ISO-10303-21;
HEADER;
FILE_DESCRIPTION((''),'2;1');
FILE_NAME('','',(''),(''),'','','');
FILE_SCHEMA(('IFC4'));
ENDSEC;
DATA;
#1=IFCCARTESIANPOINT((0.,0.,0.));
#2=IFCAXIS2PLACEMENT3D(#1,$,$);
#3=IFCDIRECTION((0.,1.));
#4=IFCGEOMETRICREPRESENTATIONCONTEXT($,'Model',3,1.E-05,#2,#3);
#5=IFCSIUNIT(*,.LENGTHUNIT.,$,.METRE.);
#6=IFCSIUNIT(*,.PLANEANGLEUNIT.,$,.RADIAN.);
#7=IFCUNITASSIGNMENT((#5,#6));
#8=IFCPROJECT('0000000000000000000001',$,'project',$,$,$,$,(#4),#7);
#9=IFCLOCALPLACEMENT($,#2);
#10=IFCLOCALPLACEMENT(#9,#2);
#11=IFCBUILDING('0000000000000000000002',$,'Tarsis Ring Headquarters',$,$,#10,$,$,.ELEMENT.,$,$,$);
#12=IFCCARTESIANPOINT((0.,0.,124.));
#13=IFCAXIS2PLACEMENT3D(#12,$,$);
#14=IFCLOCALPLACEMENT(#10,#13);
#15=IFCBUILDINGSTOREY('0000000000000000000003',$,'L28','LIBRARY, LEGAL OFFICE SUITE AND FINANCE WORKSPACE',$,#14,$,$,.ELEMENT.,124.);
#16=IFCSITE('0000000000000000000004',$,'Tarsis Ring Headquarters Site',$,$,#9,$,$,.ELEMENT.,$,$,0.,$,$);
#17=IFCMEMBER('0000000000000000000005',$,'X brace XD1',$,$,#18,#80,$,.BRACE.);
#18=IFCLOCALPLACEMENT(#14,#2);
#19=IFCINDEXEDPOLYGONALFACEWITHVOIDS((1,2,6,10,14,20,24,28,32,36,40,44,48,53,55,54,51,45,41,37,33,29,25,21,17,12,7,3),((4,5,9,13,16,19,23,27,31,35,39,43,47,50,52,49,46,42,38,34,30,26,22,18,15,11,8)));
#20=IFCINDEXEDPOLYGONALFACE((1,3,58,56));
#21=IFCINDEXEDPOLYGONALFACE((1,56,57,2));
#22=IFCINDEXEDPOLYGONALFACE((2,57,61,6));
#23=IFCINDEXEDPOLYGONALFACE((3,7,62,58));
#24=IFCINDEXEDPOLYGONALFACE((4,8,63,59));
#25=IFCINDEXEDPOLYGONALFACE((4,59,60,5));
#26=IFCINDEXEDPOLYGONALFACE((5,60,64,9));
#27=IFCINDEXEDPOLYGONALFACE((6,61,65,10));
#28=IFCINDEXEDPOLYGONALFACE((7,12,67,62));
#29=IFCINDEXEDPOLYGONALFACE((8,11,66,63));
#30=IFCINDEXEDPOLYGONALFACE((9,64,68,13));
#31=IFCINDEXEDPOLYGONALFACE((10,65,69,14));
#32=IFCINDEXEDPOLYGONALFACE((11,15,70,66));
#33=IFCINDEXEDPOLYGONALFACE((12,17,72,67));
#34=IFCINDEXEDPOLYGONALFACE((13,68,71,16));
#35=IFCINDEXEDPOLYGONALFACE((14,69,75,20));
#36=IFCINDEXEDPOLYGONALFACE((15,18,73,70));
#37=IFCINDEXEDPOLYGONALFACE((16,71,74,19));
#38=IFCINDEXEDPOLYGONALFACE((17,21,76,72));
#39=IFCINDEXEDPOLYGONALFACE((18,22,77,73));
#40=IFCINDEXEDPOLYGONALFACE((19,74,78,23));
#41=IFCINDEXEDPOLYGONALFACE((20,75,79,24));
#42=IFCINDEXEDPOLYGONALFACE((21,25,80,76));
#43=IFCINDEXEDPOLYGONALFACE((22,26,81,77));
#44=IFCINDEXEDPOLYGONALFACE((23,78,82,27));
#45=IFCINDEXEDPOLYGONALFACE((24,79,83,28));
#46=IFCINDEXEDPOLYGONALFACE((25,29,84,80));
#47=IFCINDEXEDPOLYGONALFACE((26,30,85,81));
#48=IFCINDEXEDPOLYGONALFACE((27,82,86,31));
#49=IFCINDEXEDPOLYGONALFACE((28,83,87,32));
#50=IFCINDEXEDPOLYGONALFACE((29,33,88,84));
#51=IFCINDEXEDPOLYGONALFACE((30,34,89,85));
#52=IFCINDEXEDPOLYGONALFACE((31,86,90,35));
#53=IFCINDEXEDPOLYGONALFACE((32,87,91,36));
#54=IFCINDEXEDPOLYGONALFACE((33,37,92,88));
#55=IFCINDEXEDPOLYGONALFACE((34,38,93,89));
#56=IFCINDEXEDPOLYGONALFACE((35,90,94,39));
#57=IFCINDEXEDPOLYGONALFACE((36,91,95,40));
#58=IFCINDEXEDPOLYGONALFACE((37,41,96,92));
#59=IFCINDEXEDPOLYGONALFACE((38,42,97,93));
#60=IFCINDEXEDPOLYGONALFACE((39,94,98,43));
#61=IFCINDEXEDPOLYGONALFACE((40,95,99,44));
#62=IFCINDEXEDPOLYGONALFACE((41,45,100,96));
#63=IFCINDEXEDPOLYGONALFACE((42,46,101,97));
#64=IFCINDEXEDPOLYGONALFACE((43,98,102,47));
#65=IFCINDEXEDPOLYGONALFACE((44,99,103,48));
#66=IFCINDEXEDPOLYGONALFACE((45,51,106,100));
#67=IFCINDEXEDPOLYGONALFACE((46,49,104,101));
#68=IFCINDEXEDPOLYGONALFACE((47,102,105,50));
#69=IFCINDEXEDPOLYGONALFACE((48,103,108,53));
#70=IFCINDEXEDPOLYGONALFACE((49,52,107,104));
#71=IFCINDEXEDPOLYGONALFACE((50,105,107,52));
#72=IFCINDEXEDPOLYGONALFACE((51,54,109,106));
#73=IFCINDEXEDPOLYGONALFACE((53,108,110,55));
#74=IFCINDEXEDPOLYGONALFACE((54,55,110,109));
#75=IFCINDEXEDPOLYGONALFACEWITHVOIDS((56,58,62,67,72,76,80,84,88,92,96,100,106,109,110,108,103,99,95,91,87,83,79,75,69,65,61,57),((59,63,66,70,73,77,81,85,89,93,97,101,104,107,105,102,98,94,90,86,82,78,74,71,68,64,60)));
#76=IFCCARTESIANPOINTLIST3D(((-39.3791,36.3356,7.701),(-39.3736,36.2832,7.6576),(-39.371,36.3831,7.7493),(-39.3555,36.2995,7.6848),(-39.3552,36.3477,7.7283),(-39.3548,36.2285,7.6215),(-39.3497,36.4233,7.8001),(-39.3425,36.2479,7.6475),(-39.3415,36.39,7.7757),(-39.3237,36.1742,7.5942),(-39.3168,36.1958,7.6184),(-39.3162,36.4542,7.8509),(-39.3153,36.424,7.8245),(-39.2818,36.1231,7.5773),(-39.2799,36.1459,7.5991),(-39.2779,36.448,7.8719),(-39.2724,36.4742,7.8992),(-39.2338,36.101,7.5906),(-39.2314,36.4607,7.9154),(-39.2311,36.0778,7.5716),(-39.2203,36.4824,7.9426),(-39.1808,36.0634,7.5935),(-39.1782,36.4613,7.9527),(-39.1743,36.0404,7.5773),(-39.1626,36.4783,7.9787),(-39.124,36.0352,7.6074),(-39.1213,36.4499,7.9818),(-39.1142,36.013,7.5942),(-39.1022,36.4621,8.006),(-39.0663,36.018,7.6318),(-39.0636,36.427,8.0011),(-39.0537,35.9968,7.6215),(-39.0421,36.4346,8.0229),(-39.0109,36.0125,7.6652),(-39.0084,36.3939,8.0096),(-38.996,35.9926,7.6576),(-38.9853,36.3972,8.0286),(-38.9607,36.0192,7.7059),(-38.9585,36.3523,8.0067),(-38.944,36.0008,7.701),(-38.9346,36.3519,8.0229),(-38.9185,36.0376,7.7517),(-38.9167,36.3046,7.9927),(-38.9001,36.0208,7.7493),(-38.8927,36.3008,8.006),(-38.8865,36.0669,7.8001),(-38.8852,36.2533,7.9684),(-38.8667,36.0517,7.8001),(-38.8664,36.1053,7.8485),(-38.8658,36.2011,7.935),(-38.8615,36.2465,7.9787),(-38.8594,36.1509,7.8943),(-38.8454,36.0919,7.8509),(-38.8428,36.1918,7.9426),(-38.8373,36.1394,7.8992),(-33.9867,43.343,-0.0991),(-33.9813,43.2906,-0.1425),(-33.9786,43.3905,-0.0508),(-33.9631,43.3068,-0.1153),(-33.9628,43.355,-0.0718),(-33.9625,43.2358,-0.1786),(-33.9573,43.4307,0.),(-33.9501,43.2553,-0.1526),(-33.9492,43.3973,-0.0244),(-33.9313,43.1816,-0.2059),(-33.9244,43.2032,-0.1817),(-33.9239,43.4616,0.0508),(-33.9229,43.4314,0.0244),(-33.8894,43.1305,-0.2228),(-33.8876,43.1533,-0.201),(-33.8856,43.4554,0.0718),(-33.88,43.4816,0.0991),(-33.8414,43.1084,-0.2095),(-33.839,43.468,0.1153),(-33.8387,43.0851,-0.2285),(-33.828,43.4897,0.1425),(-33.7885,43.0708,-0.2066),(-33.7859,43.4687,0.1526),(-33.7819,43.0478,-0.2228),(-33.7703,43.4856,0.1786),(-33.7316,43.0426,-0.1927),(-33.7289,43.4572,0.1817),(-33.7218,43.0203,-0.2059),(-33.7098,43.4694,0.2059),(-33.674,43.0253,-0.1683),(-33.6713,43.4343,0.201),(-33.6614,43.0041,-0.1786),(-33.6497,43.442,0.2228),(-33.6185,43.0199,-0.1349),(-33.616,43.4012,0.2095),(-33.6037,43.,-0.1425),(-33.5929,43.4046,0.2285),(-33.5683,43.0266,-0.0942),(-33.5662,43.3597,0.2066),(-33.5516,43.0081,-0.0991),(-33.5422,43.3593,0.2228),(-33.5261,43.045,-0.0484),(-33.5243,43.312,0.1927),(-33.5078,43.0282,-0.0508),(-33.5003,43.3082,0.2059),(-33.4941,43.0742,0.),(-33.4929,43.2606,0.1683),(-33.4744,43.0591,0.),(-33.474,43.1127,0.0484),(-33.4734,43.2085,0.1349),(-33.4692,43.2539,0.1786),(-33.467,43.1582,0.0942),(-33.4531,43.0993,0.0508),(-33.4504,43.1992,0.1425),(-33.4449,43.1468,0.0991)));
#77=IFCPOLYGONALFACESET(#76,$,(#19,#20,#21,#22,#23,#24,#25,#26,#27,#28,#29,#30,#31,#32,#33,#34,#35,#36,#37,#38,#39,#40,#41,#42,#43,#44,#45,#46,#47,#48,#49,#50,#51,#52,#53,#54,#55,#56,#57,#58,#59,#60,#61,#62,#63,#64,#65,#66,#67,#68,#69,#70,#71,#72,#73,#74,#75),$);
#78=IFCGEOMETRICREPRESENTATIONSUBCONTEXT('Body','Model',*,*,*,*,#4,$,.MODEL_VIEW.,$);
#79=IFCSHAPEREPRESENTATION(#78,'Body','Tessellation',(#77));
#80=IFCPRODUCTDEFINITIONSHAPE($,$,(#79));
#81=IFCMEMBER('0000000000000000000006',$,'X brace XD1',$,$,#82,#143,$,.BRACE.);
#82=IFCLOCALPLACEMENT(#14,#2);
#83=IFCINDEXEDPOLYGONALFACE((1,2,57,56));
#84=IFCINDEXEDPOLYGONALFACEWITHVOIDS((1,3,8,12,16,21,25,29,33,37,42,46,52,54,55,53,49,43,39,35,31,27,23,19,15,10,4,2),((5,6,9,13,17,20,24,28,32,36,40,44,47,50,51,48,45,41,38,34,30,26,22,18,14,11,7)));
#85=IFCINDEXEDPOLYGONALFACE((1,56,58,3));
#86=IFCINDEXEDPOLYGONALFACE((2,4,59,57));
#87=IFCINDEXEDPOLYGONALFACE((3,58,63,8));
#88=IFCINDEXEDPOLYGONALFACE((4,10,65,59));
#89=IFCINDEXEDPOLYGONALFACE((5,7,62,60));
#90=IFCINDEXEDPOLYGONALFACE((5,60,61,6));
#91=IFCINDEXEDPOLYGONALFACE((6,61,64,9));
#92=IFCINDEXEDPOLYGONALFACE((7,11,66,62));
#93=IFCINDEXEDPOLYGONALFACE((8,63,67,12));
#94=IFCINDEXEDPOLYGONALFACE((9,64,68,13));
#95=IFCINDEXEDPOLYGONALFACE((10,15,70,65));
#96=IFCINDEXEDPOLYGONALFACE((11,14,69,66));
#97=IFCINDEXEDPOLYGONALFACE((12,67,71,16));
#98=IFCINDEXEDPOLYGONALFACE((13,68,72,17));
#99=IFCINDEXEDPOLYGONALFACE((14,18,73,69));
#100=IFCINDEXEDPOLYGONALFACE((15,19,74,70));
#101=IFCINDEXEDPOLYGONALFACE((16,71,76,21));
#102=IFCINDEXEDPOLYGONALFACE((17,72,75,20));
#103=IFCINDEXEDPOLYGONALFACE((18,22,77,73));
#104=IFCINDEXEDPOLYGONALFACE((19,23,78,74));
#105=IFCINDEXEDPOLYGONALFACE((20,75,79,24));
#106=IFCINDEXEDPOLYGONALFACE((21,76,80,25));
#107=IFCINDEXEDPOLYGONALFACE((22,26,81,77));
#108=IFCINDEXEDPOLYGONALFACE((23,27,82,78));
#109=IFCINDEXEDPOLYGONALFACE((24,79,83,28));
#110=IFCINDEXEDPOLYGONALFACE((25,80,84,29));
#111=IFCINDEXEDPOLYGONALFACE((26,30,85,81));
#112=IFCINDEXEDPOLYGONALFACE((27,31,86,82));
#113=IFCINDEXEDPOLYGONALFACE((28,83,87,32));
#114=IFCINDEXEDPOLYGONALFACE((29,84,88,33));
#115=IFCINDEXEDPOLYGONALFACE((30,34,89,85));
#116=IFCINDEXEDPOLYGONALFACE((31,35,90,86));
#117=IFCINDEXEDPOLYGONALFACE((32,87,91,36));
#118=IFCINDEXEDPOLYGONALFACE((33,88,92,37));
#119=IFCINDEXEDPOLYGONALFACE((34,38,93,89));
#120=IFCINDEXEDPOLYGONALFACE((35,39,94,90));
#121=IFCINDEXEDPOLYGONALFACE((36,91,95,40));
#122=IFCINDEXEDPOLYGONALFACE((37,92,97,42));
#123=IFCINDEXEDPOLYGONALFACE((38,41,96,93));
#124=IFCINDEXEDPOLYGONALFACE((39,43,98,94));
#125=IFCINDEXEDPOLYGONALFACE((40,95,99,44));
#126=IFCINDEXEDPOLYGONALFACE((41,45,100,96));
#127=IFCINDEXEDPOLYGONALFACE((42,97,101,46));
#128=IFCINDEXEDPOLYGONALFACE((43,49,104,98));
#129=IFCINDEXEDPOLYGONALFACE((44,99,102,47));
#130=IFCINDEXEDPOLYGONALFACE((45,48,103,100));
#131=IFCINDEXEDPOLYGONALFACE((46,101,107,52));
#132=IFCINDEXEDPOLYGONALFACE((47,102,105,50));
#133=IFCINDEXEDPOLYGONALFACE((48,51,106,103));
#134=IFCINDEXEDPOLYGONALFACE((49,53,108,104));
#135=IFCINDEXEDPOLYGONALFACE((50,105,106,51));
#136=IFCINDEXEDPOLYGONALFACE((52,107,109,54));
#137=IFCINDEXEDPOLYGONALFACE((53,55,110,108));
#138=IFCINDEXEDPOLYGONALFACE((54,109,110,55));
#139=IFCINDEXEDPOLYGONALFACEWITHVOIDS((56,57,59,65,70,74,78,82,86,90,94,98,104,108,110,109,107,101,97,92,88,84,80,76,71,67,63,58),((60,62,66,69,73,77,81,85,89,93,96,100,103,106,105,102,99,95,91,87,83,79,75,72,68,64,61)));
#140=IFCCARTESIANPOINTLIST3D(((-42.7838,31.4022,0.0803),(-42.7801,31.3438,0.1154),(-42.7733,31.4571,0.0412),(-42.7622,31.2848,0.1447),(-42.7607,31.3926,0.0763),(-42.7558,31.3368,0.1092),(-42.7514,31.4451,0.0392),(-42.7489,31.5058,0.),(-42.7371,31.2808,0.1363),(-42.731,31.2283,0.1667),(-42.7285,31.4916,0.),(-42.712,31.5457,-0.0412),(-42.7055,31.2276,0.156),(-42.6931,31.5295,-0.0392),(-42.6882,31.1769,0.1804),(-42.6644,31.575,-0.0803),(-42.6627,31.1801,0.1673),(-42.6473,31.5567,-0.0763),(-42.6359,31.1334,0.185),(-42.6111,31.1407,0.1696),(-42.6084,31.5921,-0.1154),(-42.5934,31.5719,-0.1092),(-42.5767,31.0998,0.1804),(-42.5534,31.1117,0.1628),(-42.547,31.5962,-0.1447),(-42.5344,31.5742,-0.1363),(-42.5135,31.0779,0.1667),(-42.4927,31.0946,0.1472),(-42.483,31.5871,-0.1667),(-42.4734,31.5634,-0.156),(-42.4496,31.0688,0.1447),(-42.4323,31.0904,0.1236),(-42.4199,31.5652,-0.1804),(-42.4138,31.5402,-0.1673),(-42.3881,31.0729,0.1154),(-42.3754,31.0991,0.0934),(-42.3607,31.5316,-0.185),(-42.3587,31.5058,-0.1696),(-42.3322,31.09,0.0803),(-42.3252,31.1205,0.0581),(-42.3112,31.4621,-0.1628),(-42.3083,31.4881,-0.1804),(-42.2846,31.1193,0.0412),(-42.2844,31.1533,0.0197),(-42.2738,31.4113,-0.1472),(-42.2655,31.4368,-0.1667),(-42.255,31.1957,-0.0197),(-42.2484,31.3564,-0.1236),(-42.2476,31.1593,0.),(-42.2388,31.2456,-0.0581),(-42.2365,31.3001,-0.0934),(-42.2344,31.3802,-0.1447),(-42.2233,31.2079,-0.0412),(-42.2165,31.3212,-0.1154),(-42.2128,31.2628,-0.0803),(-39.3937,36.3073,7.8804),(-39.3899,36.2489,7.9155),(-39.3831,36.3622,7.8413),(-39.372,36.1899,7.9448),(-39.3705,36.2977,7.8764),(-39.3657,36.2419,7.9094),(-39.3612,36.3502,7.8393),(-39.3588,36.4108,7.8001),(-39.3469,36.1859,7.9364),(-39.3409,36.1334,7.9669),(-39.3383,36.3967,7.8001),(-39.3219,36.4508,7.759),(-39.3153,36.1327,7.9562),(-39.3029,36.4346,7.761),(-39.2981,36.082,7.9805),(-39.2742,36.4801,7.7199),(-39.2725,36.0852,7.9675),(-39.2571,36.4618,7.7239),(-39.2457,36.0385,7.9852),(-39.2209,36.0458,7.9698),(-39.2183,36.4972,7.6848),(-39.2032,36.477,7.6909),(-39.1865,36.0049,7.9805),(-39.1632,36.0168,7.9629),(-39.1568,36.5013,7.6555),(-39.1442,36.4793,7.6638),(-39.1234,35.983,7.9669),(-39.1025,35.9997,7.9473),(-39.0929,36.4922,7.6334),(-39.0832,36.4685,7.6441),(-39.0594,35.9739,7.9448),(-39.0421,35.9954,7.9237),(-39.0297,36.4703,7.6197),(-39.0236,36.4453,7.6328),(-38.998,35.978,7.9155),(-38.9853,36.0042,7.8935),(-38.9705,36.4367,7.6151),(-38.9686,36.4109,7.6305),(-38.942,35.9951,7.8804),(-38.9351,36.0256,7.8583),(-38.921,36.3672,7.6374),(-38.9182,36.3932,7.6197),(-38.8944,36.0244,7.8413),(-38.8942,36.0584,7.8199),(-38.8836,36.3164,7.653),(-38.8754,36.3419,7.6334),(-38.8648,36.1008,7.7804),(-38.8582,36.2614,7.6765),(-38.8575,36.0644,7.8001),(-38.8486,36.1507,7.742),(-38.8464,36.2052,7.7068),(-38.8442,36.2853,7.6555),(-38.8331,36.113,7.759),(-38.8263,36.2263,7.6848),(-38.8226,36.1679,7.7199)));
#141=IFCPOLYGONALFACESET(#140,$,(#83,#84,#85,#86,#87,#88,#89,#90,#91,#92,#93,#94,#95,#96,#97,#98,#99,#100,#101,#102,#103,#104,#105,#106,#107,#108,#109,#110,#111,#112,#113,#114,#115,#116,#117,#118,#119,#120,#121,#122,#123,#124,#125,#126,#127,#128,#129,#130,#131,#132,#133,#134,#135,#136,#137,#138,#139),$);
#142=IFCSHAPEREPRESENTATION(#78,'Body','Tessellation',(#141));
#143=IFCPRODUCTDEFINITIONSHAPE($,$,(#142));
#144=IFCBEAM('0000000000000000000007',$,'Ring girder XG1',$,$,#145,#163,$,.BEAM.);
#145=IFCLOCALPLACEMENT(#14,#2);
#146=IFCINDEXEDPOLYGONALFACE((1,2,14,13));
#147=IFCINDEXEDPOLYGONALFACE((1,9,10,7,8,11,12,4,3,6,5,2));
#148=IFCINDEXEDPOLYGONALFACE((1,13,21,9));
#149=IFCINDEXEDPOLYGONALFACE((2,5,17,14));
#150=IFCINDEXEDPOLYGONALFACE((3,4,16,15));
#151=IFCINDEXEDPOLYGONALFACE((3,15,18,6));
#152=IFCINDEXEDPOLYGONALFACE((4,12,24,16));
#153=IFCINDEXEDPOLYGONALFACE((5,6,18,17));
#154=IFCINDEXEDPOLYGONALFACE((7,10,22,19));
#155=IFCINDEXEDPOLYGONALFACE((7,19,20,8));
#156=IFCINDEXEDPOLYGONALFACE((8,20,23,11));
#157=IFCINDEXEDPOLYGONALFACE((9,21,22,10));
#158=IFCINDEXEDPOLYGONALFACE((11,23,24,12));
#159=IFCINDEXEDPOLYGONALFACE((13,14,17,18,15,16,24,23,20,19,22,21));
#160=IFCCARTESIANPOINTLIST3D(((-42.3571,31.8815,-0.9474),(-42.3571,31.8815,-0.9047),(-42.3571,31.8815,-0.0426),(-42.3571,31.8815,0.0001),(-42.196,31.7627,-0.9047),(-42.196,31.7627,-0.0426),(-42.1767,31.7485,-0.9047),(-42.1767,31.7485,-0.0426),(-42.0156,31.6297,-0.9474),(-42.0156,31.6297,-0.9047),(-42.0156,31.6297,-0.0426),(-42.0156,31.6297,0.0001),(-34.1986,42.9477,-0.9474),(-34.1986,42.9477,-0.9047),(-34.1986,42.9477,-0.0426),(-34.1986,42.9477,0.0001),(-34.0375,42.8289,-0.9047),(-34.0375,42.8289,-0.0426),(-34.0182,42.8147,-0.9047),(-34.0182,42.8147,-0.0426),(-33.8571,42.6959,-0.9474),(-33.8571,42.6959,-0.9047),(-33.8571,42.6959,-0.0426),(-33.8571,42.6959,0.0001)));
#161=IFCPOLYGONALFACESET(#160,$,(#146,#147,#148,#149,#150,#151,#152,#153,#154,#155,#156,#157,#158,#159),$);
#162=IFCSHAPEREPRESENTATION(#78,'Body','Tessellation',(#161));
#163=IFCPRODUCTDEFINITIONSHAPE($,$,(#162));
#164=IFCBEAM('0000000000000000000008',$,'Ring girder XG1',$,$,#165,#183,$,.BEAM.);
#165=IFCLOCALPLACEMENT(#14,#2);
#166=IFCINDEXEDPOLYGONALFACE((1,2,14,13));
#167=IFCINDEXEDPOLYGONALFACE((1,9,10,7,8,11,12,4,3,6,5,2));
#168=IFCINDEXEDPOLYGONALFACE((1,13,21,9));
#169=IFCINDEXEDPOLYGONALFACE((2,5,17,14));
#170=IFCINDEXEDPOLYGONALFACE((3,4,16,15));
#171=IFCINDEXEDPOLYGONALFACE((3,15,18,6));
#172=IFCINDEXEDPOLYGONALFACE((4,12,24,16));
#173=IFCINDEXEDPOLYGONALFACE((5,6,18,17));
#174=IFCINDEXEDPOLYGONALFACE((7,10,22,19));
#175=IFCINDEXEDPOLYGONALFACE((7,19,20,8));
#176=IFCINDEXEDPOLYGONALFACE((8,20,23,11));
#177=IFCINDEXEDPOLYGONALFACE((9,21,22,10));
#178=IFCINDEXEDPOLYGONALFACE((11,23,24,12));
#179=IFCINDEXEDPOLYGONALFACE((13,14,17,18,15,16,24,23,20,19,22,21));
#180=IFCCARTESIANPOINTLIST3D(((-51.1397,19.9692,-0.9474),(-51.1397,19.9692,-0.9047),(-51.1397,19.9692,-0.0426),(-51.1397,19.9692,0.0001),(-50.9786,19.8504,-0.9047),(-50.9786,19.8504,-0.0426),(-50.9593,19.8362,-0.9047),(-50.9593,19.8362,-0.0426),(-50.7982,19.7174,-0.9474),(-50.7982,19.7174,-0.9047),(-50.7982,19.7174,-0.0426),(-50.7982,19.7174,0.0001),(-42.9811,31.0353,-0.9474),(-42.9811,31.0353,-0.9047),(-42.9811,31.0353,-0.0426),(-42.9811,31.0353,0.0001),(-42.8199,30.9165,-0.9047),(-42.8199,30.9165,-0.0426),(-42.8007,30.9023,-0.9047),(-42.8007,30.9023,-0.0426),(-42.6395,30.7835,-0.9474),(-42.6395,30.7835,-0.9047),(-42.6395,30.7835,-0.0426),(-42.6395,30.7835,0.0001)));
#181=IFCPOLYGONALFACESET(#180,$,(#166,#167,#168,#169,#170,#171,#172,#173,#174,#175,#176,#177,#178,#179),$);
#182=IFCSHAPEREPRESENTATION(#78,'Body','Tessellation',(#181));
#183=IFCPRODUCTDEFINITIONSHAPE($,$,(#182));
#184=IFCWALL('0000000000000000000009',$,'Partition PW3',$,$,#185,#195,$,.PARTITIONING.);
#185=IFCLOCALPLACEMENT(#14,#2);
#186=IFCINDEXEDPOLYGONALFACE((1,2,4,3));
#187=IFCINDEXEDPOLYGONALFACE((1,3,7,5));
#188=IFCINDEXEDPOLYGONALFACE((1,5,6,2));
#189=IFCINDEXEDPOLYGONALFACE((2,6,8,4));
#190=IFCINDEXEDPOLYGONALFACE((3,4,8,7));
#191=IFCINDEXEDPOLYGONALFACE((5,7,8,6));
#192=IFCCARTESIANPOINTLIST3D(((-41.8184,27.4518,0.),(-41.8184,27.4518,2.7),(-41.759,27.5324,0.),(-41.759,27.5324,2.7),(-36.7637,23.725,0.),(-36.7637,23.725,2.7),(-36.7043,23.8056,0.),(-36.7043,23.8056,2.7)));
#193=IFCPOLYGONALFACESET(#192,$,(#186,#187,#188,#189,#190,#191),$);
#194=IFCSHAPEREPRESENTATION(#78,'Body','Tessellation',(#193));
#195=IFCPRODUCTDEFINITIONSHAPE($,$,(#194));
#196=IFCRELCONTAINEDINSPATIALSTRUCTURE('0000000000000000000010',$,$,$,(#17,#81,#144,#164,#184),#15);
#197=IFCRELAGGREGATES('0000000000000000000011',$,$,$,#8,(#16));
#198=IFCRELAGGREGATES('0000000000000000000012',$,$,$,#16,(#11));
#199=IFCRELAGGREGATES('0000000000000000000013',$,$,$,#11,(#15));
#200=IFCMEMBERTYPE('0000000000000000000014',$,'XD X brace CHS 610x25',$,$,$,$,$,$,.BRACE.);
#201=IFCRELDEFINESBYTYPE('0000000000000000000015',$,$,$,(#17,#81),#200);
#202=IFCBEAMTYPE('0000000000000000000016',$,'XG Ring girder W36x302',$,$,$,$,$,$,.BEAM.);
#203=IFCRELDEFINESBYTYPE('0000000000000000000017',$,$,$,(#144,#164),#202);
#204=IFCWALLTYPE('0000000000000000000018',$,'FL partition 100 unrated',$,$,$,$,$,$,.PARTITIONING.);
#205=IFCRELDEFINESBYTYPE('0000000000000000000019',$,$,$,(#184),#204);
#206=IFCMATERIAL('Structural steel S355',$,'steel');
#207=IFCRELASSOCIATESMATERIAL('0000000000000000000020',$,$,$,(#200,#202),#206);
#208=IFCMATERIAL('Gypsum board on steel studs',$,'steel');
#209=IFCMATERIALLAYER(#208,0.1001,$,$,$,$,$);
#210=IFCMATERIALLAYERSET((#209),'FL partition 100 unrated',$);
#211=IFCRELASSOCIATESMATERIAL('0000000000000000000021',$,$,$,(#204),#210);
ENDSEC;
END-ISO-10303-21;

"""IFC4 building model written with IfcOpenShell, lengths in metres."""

from ifc_helpers import new_model, si_unit, direction, frame, frame_2d, origin, origin_2d, place, context, subcontext, project, spatial, rectangle, hollow_circle, i_section, extrude, material, layer, layer_set, material_profile, profile_set, type_object, element, save


model = new_model("IFC4")

# Units and contexts
model_context = context("Model", 3, precision=1e-05, world=origin(), true_north=direction((0.0, 1.0)))
body_context = subcontext(model_context, "Body", "Model", "MODEL_VIEW")
ifc_project = project(units=[si_unit("LENGTHUNIT", "METRE"), si_unit("PLANEANGLEUNIT", "RADIAN")], contexts=[model_context])

# Site, building, storey
site_placement = place(None, origin())
site = spatial("IfcSite", under=ifc_project, at=site_placement, Name="Tarsis Ring Headquarters Site", CompositionType="ELEMENT", RefElevation=0.0)
building_placement = place(site_placement, origin())
building = spatial("IfcBuilding", under=site, at=building_placement, Name="Tarsis Ring Headquarters", CompositionType="ELEMENT")
storey_placement = place(building_placement, frame((0.0, 0.0, 124.0)))
storey = spatial("IfcBuildingStorey", under=building, at=storey_placement, Name="L28", Description="LIBRARY, LEGAL OFFICE SUITE AND FINANCE WORKSPACE", CompositionType="ELEMENT", Elevation=124.0)

# Shared definitions
ifc_material_1 = material(Name="Structural steel S355", Category="steel")

# Members
ifc_material_profile_1 = material_profile(ifc_material_1, hollow_circle(Radius=0.3047, WallThickness=0.0249, at=origin_2d()), Name="CHS 610x25")
ifc_profile_set_1 = profile_set([ifc_material_profile_1], Name="Structural steel S355")
member_type = type_object("IfcMemberType", Name="XD X brace CHS 610x25", PredefinedType="BRACE", material=ifc_profile_set_1)
member_1_placement = place(storey_placement, frame((-33.7158, 43.2449, 0.0), z_axis=(-0.457338, -0.594309, 0.661542), x_axis=(0.79251, -0.609859, 0.0)))
element("IfcMember", 1, at=member_1_placement, inside=storey, type_object=member_type, Name="X brace XD1", PredefinedType="BRACE", context=body_context, shape_type="SweptSolid", body=[
    extrude(hollow_circle(Radius=0.3047, WallThickness=0.0249, at=origin_2d()), origin(), (0.0, 0.0, 1.0), 11.7908),
])
member_2_placement = place(storey_placement, frame((-42.4983, 31.3325, 0.0), z_axis=(0.345298, 0.499596, 0.794464), x_axis=(-0.822636, 0.568569, 0.0)))
element("IfcMember", 2, at=member_2_placement, inside=storey, type_object=member_type, Name="X brace XD1", PredefinedType="BRACE", context=body_context, shape_type="SweptSolid", body=[
    extrude(hollow_circle(Radius=0.3047, WallThickness=0.0249, at=origin_2d()), origin(), (0.0, 0.0, 1.0), 9.8181),
])

# Beams
ifc_material_profile_2 = material_profile(ifc_material_1, i_section(OverallWidth=0.4243, OverallDepth=0.9475, WebThickness=0.0239, FlangeThickness=0.0427, at=origin_2d()), Name="W36x302")
ifc_profile_set_2 = profile_set([ifc_material_profile_2], Name="Structural steel S355")
beam_type = type_object("IfcBeamType", Name="XG Ring girder W36x302", PredefinedType="BEAM", material=ifc_profile_set_2)
for number, where, z_axis, x_axis, name in (
    (3, (-34.0278, 42.8218, -0.4736), (-0.593408, -0.804902, 0.0), (0.804902, -0.593408, 0.0), "Ring girder XG1"),
    (4, (-42.8103, 30.9094, -0.4736), (-0.59342, -0.804893, 0.0), (0.804893, -0.59342, 0.0), "Ring girder XG1"),
):
    element("IfcBeam", number, at=place(storey_placement, frame(where, z_axis=z_axis, x_axis=x_axis)), inside=storey, type_object=beam_type, Name=name, PredefinedType="BEAM", context=body_context, shape_type="SweptSolid", body=[
        extrude(i_section(OverallWidth=0.4243, OverallDepth=0.9475, WebThickness=0.0239, FlangeThickness=0.0427, at=origin_2d()), origin(), (0.0, 0.0, 1.0), 13.7485),
    ])

# Wall
ifc_material_2 = material(Name="Gypsum board on steel studs", Category="steel")
ifc_layer_1 = layer(ifc_material_2, 0.1001)
ifc_layer_set_1 = layer_set([ifc_layer_1], Name="FL partition 100 unrated")
wall_type_1 = type_object("IfcWallType", Name="FL partition 100 unrated", PredefinedType="PARTITIONING", material=ifc_layer_set_1)
wall_1_placement = place(storey_placement, frame((-41.7888, 27.4922, 0.0), z_axis=(0.0, 0.0, 1.0), x_axis=(0.804881, -0.593436, 0.0)))
element("IfcWall", 5, at=wall_1_placement, inside=storey, type_object=wall_type_1, Name="Partition PW3", PredefinedType="PARTITIONING", context=body_context, shape_type="SweptSolid", body=[
    extrude(rectangle(XDim=6.28, YDim=0.1001, at=frame_2d((3.1401, 0.0))), origin(), (0.0, 0.0, 1.0), 2.7),
])

save(model, "model.ifc")
